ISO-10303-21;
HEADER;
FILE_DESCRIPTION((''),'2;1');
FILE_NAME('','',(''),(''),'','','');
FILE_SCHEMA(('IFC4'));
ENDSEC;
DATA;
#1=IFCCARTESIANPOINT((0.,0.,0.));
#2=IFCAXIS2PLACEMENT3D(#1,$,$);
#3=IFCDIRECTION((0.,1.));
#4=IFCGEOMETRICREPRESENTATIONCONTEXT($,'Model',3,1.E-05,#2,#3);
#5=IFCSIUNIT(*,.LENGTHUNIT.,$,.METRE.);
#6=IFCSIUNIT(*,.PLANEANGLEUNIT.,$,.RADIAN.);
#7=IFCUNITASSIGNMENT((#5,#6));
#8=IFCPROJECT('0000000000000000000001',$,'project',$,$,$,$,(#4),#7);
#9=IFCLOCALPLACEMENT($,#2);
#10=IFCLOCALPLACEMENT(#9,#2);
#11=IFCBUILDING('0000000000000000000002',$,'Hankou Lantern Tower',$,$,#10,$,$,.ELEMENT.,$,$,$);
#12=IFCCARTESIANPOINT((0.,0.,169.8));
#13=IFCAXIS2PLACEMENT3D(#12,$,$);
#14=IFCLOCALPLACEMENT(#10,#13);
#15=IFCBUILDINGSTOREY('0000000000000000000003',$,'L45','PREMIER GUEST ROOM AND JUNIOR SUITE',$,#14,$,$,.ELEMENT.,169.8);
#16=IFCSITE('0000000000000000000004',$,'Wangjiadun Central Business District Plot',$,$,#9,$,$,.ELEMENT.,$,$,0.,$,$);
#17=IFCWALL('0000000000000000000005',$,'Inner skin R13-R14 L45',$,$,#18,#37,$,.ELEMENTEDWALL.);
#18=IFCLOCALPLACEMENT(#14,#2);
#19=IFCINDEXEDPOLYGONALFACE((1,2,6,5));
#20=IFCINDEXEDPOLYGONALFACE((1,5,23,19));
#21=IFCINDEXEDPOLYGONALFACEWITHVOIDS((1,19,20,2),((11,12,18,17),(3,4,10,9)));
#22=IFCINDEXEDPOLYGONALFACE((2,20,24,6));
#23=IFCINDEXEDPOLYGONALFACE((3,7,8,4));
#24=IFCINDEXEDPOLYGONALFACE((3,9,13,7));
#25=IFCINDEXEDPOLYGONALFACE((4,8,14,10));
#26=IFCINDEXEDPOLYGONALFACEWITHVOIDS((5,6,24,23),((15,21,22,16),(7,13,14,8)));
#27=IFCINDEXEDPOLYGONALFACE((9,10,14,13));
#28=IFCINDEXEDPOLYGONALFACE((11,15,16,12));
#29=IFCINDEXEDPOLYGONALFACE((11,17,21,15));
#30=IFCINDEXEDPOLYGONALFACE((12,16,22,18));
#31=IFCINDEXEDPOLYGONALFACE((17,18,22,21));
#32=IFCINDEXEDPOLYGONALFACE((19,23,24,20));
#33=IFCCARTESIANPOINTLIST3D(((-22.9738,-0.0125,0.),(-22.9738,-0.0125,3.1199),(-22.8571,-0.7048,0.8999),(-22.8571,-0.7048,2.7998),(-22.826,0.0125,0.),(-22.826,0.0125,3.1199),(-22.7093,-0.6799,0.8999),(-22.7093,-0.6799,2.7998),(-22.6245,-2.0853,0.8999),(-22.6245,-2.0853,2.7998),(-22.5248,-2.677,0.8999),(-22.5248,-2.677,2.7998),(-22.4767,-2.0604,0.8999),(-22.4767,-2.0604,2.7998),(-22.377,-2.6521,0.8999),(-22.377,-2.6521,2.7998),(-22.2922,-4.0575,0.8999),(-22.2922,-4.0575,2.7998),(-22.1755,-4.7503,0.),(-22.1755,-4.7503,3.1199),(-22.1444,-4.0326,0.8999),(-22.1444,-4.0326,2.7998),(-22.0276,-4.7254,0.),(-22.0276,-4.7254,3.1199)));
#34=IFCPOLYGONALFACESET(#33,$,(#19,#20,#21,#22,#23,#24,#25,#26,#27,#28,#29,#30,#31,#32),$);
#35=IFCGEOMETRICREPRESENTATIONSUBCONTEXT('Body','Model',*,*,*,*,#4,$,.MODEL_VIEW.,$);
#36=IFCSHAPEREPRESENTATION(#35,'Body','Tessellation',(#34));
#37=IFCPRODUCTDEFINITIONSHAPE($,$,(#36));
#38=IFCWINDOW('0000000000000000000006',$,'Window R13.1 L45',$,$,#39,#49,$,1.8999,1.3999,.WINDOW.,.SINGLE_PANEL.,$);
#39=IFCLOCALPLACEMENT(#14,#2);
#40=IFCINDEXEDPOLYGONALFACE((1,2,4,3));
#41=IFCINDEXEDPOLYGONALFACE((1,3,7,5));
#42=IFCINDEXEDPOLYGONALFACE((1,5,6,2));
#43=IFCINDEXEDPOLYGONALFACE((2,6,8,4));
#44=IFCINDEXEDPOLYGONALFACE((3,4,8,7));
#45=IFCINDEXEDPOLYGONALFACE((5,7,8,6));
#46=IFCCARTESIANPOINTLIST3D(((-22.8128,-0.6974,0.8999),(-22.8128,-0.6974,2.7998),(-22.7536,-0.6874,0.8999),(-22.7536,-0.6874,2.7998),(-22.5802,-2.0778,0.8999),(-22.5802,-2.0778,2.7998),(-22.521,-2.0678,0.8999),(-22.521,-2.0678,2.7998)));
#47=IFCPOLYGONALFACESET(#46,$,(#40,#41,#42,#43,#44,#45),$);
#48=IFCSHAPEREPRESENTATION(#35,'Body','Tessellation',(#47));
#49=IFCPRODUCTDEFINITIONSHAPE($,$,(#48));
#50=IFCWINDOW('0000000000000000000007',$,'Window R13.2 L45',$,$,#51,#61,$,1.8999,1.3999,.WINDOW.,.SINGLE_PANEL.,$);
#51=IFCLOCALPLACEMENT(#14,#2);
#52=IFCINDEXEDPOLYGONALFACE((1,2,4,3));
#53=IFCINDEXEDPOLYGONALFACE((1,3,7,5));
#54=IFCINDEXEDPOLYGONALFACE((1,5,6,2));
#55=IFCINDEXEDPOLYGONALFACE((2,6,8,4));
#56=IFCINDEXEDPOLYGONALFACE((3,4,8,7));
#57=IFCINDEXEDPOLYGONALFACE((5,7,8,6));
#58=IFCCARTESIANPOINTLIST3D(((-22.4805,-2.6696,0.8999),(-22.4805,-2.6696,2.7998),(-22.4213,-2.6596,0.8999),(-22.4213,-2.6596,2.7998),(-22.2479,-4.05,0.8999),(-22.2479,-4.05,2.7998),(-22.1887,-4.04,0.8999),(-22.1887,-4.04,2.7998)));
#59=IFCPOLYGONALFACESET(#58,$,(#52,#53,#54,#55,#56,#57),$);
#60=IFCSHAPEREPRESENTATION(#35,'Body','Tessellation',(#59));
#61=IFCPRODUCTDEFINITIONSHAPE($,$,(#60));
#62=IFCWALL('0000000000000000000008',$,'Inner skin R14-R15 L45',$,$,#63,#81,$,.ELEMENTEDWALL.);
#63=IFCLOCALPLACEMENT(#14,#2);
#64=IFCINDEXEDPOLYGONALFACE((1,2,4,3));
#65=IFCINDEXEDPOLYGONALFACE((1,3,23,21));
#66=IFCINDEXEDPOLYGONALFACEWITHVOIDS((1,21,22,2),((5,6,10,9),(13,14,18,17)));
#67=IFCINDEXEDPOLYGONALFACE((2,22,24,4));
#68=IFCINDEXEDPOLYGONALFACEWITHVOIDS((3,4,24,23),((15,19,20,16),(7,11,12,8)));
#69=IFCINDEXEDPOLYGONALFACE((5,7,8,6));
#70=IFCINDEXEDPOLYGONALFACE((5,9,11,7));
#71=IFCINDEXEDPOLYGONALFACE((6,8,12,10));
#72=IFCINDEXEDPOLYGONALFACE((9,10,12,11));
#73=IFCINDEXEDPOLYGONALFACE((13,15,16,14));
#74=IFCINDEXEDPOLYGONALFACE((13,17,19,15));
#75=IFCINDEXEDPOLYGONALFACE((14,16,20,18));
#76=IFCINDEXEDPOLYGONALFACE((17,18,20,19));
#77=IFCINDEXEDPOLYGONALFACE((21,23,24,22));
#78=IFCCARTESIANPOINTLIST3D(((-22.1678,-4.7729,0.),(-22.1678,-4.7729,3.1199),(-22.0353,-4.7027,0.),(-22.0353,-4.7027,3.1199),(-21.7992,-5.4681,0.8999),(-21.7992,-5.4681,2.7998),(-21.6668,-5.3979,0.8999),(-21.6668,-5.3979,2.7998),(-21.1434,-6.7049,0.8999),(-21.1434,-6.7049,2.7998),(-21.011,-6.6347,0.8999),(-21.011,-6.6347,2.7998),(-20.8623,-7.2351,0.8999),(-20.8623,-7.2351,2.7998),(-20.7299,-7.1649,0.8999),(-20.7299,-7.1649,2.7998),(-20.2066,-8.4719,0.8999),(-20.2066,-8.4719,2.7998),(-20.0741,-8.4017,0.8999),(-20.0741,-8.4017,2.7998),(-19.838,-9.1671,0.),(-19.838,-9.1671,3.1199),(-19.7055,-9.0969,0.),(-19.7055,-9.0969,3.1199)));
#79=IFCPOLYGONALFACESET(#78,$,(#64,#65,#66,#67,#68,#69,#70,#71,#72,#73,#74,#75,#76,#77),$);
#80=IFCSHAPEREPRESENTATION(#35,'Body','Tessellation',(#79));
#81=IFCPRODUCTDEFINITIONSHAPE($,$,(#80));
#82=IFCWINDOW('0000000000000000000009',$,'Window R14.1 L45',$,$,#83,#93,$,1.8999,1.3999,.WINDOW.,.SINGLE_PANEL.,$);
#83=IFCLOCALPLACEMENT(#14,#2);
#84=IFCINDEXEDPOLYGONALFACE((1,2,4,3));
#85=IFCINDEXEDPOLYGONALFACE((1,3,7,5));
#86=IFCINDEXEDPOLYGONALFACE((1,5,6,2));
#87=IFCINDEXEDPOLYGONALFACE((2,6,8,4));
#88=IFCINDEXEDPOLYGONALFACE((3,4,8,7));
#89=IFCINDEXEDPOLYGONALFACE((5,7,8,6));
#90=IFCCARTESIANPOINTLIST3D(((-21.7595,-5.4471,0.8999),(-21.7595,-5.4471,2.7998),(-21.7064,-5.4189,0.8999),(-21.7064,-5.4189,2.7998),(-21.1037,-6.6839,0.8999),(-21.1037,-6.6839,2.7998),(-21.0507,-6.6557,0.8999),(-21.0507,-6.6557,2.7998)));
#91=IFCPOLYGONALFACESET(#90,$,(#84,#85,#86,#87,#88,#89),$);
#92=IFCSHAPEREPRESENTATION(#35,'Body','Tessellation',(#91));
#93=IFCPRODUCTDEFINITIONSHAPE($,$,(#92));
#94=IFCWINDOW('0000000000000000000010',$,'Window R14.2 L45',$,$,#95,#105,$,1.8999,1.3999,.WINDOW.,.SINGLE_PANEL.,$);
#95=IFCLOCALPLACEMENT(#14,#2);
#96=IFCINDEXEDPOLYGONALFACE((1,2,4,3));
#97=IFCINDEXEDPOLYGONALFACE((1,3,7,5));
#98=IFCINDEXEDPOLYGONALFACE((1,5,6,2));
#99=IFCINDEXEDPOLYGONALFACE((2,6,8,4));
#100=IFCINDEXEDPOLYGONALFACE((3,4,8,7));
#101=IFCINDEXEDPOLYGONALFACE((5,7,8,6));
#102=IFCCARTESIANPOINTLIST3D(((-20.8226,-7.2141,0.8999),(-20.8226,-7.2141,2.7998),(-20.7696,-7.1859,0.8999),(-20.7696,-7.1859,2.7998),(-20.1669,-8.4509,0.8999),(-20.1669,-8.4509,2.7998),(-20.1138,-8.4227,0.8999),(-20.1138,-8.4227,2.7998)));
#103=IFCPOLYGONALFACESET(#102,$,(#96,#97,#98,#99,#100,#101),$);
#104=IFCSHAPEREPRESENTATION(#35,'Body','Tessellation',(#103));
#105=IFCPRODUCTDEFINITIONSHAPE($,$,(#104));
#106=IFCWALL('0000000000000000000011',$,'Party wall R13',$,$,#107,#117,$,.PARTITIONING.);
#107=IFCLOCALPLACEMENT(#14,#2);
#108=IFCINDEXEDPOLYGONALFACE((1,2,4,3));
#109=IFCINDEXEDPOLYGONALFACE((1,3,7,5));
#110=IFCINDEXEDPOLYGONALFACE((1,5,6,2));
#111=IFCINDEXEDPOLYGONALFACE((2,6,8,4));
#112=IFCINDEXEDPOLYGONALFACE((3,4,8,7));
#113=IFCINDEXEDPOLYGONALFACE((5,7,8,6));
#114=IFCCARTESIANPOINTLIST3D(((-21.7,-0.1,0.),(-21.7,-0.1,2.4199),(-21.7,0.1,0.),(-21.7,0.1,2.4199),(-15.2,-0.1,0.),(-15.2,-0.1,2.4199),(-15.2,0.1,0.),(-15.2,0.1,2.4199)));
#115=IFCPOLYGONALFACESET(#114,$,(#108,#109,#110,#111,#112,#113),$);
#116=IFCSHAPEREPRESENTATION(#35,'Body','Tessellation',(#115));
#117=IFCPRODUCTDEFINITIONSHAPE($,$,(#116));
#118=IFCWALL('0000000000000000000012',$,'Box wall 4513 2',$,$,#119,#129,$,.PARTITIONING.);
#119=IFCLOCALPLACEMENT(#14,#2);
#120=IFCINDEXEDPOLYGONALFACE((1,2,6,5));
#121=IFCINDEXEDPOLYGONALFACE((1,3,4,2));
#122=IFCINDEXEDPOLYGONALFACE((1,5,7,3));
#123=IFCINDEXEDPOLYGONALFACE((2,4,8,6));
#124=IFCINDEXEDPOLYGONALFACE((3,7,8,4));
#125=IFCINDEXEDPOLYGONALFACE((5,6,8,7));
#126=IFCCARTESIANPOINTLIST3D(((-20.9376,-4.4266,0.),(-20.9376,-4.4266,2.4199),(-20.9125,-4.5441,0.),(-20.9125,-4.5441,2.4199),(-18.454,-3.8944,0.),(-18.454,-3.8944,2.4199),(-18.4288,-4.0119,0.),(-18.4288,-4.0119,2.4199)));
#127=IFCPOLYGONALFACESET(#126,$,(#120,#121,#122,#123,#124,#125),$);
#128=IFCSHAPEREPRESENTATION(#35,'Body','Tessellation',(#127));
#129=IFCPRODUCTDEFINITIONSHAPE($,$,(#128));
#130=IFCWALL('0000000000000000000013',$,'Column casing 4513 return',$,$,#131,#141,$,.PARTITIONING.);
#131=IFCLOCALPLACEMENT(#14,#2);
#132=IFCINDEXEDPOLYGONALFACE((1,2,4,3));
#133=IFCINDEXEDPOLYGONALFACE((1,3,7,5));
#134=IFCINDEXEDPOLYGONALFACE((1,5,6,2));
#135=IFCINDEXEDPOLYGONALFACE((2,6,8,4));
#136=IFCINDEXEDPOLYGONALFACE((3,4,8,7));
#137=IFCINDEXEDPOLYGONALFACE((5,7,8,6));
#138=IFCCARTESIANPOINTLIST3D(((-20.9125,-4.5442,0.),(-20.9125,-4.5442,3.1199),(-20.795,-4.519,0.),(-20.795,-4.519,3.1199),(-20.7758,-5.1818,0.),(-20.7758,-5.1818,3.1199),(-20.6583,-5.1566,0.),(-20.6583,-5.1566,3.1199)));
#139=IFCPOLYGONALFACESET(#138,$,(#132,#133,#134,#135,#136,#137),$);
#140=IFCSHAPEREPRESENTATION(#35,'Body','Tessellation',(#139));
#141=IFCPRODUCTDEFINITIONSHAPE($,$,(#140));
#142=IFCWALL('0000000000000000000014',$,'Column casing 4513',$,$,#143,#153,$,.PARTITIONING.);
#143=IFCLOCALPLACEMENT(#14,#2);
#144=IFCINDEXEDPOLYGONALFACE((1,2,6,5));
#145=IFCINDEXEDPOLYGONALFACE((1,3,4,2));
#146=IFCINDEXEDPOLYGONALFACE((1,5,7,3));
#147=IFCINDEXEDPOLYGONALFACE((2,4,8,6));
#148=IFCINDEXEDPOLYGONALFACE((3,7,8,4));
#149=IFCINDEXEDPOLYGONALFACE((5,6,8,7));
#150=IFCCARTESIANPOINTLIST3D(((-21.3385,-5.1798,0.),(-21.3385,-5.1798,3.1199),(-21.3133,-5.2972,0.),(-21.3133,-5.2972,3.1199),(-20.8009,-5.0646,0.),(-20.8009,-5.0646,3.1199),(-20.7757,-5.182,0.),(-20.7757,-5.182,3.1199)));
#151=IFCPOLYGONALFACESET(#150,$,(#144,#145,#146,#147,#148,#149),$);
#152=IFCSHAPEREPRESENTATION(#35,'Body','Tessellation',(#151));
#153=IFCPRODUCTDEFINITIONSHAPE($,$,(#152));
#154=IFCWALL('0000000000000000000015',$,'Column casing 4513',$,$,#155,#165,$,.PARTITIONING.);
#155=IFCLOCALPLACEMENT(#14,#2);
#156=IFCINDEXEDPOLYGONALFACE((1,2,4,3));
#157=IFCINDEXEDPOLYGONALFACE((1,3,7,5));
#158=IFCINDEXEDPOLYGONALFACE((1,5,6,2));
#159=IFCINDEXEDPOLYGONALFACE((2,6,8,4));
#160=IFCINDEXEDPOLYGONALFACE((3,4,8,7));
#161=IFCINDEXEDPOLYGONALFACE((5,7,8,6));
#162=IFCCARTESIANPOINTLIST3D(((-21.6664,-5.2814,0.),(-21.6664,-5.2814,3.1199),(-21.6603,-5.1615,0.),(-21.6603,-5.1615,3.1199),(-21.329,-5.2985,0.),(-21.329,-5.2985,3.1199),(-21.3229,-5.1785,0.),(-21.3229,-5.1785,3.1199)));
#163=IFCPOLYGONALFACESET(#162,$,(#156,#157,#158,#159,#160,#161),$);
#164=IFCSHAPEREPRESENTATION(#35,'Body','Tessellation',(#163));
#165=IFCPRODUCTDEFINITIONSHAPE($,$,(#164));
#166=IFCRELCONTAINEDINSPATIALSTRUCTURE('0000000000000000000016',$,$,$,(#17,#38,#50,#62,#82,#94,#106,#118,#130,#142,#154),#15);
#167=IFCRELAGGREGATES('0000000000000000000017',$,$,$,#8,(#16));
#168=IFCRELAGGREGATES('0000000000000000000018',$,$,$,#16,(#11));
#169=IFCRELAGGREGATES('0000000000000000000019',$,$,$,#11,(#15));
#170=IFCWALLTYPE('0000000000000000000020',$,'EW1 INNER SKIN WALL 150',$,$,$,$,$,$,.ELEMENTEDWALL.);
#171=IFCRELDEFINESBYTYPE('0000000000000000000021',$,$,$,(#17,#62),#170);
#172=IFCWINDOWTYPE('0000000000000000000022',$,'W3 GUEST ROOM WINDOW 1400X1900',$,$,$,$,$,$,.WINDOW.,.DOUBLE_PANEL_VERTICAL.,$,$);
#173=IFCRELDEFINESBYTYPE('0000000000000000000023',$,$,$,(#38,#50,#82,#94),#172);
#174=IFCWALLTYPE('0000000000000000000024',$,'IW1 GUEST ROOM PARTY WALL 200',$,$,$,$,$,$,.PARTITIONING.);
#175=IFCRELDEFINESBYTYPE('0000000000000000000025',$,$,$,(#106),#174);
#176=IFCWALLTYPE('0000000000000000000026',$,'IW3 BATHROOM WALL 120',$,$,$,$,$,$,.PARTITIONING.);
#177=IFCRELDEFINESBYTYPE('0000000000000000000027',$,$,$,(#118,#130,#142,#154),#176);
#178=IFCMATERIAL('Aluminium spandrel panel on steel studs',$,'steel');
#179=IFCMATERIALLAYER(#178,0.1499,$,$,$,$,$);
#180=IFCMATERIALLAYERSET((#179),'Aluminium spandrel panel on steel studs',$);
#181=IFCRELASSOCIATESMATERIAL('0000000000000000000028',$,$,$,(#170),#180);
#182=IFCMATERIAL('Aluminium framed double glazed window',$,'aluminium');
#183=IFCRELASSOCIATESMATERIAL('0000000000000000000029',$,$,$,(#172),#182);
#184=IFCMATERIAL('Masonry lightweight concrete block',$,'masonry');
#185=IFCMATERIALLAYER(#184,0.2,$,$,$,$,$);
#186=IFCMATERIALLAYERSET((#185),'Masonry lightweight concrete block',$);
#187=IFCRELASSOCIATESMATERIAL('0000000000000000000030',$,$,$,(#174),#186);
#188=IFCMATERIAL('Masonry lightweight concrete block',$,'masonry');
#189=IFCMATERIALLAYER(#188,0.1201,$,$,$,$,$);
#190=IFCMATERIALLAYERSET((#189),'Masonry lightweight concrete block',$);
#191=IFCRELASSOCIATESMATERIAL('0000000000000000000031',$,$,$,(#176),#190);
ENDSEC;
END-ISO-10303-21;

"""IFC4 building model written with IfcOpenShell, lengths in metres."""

from ifc_helpers import new_model, si_unit, direction, frame, frame_2d, origin, place, context, subcontext, project, spatial, rectangle, extrude, material, layer, layer_set, type_object, element, fill, save


model = new_model("IFC4")

# Units and contexts
model_context = context("Model", 3, precision=1e-05, world=origin(), true_north=direction((0.0, 1.0)))
body_context = subcontext(model_context, "Body", "Model", "MODEL_VIEW")
ifc_project = project(units=[si_unit("LENGTHUNIT", "METRE"), si_unit("PLANEANGLEUNIT", "RADIAN")], contexts=[model_context])

# Site, building, storey
site_placement = place(None, origin())
site = spatial("IfcSite", under=ifc_project, at=site_placement, Name="Wangjiadun Central Business District Plot", CompositionType="ELEMENT", RefElevation=0.0)
building_placement = place(site_placement, origin())
building = spatial("IfcBuilding", under=site, at=building_placement, Name="Hankou Lantern Tower", CompositionType="ELEMENT")
storey_placement = place(building_placement, frame((0.0, 0.0, 169.8)))
storey = spatial("IfcBuildingStorey", under=building, at=storey_placement, Name="L45", Description="PREMIER GUEST ROOM AND JUNIOR SUITE", CompositionType="ELEMENT", Elevation=169.8)

# Walls, openings, windows
ifc_material_1 = material(Name="Aluminium spandrel panel on steel studs", Category="steel")
ifc_layer_1 = layer(ifc_material_1, 0.1499)
ifc_layer_set_1 = layer_set([ifc_layer_1], Name="Aluminium spandrel panel on steel studs")
wall_type_1 = type_object("IfcWallType", Name="EW1 INNER SKIN WALL 150", PredefinedType="ELEMENTEDWALL", material=ifc_layer_set_1)
wall_1_placement = place(storey_placement, frame((-22.8999, 0.0, 0.0), z_axis=(0.0, 0.0, 1.0), x_axis=(0.166162, -0.986098, 0.0)))
wall_1 = element("IfcWall", 1, at=wall_1_placement, inside=storey, type_object=wall_type_1, Name="Inner skin R13-R14 L45", PredefinedType="ELEMENTEDWALL", context=body_context, shape_type="SweptSolid", body=[
    extrude(rectangle(XDim=4.8047, YDim=0.1499, at=frame_2d((2.4023, 0.0))), origin(), (0.0, 0.0, 1.0), 3.1199),
])
opening_1_placement = place(wall_1_placement, frame((0.7021, 0.0, 0.8999)))
opening_1 = element("IfcOpeningElement", 2, at=opening_1_placement, cuts=wall_1, PredefinedType="OPENING", context=body_context, shape_type="SweptSolid", body=[
    extrude(rectangle(XDim=1.3999, YDim=1.8999, at=frame_2d((0.7, 0.95))), frame((0.0, 0.085, 0.0), z_axis=(0.0, -1.0, 0.0), x_axis=(1.0, 0.0, 0.0)), (0.0, 0.0, 1.0), 0.1699),
])
opening_2_placement = place(wall_1_placement, frame((2.7021, 0.0, 0.8999)))
opening_2 = element("IfcOpeningElement", 3, at=opening_2_placement, cuts=wall_1, PredefinedType="OPENING", context=body_context, shape_type="SweptSolid", body=[
    extrude(rectangle(XDim=1.3999, YDim=1.8999, at=frame_2d((0.7, 0.95))), frame((0.0, 0.085, 0.0), z_axis=(0.0, -1.0, 0.0), x_axis=(1.0, 0.0, 0.0)), (0.0, 0.0, 1.0), 0.1699),
])
ifc_material_2 = material(Name="Aluminium framed double glazed window", Category="aluminium")
window_type = type_object("IfcWindowType", Name="W3 GUEST ROOM WINDOW 1400X1900", PartitioningType="DOUBLE_PANEL_VERTICAL", PredefinedType="WINDOW", material=ifc_material_2)
window_1_placement = place(opening_1_placement, origin())
window_1 = element("IfcWindow", 4, at=window_1_placement, inside=storey, type_object=window_type, Name="Window R13.1 L45", OverallHeight=1.8999, OverallWidth=1.3999, PartitioningType="SINGLE_PANEL", PredefinedType="WINDOW", context=body_context, shape_type="SweptSolid", body=[
    extrude(rectangle(XDim=1.3999, YDim=1.8999, at=frame_2d((0.7, 0.95))), frame((0.0, 0.03, 0.0), z_axis=(0.0, -1.0, 0.0), x_axis=(1.0, 0.0, 0.0)), (0.0, 0.0, 1.0), 0.0601),
])
fill(opening_1, window_1)
window_2_placement = place(opening_2_placement, origin())
window_2 = element("IfcWindow", 5, at=window_2_placement, inside=storey, type_object=window_type, Name="Window R13.2 L45", OverallHeight=1.8999, OverallWidth=1.3999, PartitioningType="SINGLE_PANEL", PredefinedType="WINDOW", context=body_context, shape_type="SweptSolid", body=[
    extrude(rectangle(XDim=1.3999, YDim=1.8999, at=frame_2d((0.7, 0.95))), frame((0.0, 0.03, 0.0), z_axis=(0.0, -1.0, 0.0), x_axis=(1.0, 0.0, 0.0)), (0.0, 0.0, 1.0), 0.0601),
])
fill(opening_2, window_2)
wall_2_placement = place(storey_placement, frame((-22.1016, -4.7378, 0.0), z_axis=(0.0, 0.0, 1.0), x_axis=(0.468429, -0.883501, 0.0)))
wall_2 = element("IfcWall", 6, at=wall_2_placement, inside=storey, type_object=wall_type_1, Name="Inner skin R14-R15 L45", PredefinedType="ELEMENTEDWALL", context=body_context, shape_type="SweptSolid", body=[
    extrude(rectangle(XDim=4.9736, YDim=0.1499, at=frame_2d((2.4868, 0.0))), origin(), (0.0, 0.0, 1.0), 3.1199),
])
opening_3_placement = place(wall_2_placement, frame((0.7869, 0.0, 0.8999)))
opening_3 = element("IfcOpeningElement", 7, at=opening_3_placement, cuts=wall_2, PredefinedType="OPENING", context=body_context, shape_type="SweptSolid", body=[
    extrude(rectangle(XDim=1.3999, YDim=1.8999, at=frame_2d((0.7, 0.95))), frame((0.0, 0.085, 0.0), z_axis=(0.0, -1.0, 0.0), x_axis=(1.0, 0.0, 0.0)), (0.0, 0.0, 1.0), 0.1699),
])
opening_4_placement = place(wall_2_placement, frame((2.7869, 0.0, 0.8999)))
opening_4 = element("IfcOpeningElement", 8, at=opening_4_placement, cuts=wall_2, PredefinedType="OPENING", context=body_context, shape_type="SweptSolid", body=[
    extrude(rectangle(XDim=1.3999, YDim=1.8999, at=frame_2d((0.7, 0.95))), frame((0.0, 0.085, 0.0), z_axis=(0.0, -1.0, 0.0), x_axis=(1.0, 0.0, 0.0)), (0.0, 0.0, 1.0), 0.1699),
])
window_3_placement = place(opening_3_placement, origin())
window_3 = element("IfcWindow", 9, at=window_3_placement, inside=storey, type_object=window_type, Name="Window R14.1 L45", OverallHeight=1.8999, OverallWidth=1.3999, PartitioningType="SINGLE_PANEL", PredefinedType="WINDOW", context=body_context, shape_type="SweptSolid", body=[
    extrude(rectangle(XDim=1.3999, YDim=1.8999, at=frame_2d((0.7, 0.95))), frame((0.0, 0.03, 0.0), z_axis=(0.0, -1.0, 0.0), x_axis=(1.0, 0.0, 0.0)), (0.0, 0.0, 1.0), 0.0601),
])
fill(opening_3, window_3)
window_4_placement = place(opening_4_placement, origin())
window_4 = element("IfcWindow", 10, at=window_4_placement, inside=storey, type_object=window_type, Name="Window R14.2 L45", OverallHeight=1.8999, OverallWidth=1.3999, PartitioningType="SINGLE_PANEL", PredefinedType="WINDOW", context=body_context, shape_type="SweptSolid", body=[
    extrude(rectangle(XDim=1.3999, YDim=1.8999, at=frame_2d((0.7, 0.95))), frame((0.0, 0.03, 0.0), z_axis=(0.0, -1.0, 0.0), x_axis=(1.0, 0.0, 0.0)), (0.0, 0.0, 1.0), 0.0601),
])
fill(opening_4, window_4)

# Walls
ifc_material_3 = material(Name="Masonry lightweight concrete block", Category="masonry")
ifc_layer_2 = layer(ifc_material_3, 0.2)
ifc_layer_set_2 = layer_set([ifc_layer_2], Name="Masonry lightweight concrete block")
wall_type_2 = type_object("IfcWallType", Name="IW1 GUEST ROOM PARTY WALL 200", PredefinedType="PARTITIONING", material=ifc_layer_set_2)
wall_3_placement = place(storey_placement, frame((-15.2, 0.0, 0.0), z_axis=(0.0, 0.0, 1.0), x_axis=(-1.0, 0.0, 0.0)))
element("IfcWall", 11, at=wall_3_placement, inside=storey, type_object=wall_type_2, Name="Party wall R13", PredefinedType="PARTITIONING", context=body_context, shape_type="SweptSolid", body=[
    extrude(rectangle(XDim=6.5, YDim=0.2, at=frame_2d((3.25, 0.0))), origin(), (0.0, 0.0, 1.0), 2.4199),
])
ifc_material_4 = material(Name="Masonry lightweight concrete block", Category="masonry")
ifc_layer_3 = layer(ifc_material_4, 0.1201)
ifc_layer_set_3 = layer_set([ifc_layer_3], Name="Masonry lightweight concrete block")
wall_type_3 = type_object("IfcWallType", Name="IW3 BATHROOM WALL 120", PredefinedType="PARTITIONING", material=ifc_layer_set_3)
wall_4_placement = place(storey_placement, frame((-18.4414, -3.9531, 0.0), z_axis=(0.0, 0.0, 1.0), x_axis=(-0.977801, -0.209536, 0.0)))
element("IfcWall", 12, at=wall_4_placement, inside=storey, type_object=wall_type_3, Name="Box wall 4513 2", PredefinedType="PARTITIONING", context=body_context, shape_type="SweptSolid", body=[
    extrude(rectangle(XDim=2.54, YDim=0.1201, at=frame_2d((1.27, 0.0))), origin(), (0.0, 0.0, 1.0), 2.4199),
])
wall_5_placement = place(storey_placement, frame((-20.8538, -4.5315, 0.0), z_axis=(0.0, 0.0, 1.0), x_axis=(0.209631, -0.97778, 0.0)))
element("IfcWall", 13, at=wall_5_placement, inside=storey, type_object=wall_type_3, Name="Column casing 4513 return", PredefinedType="PARTITIONING", context=body_context, shape_type="SweptSolid", body=[
    extrude(rectangle(XDim=0.6521, YDim=0.1201, at=frame_2d((0.3262, 0.0))), origin(), (0.0, 0.0, 1.0), 3.1199),
])
wall_6_placement = place(storey_placement, frame((-20.7883, -5.1233, 0.0), z_axis=(0.0, 0.0, 1.0), x_axis=(-0.977789, -0.20959, 0.0)))
element("IfcWall", 14, at=wall_6_placement, inside=storey, type_object=wall_type_3, Name="Column casing 4513", PredefinedType="PARTITIONING", context=body_context, shape_type="SweptSolid", body=[
    extrude(rectangle(XDim=0.5498, YDim=0.1201, at=frame_2d((0.2749, 0.0))), origin(), (0.0, 0.0, 1.0), 3.1199),
])
wall_7_placement = place(storey_placement, frame((-21.3259, -5.2385, 0.0), z_axis=(0.0, 0.0, 1.0), x_axis=(-0.99872, 0.050586, 0.0)))
element("IfcWall", 15, at=wall_7_placement, inside=storey, type_object=wall_type_3, Name="Column casing 4513", PredefinedType="PARTITIONING", context=body_context, shape_type="SweptSolid", body=[
    extrude(rectangle(XDim=0.3379, YDim=0.1201, at=frame_2d((0.1689, 0.0))), origin(), (0.0, 0.0, 1.0), 3.1199),
])

save(model, "model.ifc")
